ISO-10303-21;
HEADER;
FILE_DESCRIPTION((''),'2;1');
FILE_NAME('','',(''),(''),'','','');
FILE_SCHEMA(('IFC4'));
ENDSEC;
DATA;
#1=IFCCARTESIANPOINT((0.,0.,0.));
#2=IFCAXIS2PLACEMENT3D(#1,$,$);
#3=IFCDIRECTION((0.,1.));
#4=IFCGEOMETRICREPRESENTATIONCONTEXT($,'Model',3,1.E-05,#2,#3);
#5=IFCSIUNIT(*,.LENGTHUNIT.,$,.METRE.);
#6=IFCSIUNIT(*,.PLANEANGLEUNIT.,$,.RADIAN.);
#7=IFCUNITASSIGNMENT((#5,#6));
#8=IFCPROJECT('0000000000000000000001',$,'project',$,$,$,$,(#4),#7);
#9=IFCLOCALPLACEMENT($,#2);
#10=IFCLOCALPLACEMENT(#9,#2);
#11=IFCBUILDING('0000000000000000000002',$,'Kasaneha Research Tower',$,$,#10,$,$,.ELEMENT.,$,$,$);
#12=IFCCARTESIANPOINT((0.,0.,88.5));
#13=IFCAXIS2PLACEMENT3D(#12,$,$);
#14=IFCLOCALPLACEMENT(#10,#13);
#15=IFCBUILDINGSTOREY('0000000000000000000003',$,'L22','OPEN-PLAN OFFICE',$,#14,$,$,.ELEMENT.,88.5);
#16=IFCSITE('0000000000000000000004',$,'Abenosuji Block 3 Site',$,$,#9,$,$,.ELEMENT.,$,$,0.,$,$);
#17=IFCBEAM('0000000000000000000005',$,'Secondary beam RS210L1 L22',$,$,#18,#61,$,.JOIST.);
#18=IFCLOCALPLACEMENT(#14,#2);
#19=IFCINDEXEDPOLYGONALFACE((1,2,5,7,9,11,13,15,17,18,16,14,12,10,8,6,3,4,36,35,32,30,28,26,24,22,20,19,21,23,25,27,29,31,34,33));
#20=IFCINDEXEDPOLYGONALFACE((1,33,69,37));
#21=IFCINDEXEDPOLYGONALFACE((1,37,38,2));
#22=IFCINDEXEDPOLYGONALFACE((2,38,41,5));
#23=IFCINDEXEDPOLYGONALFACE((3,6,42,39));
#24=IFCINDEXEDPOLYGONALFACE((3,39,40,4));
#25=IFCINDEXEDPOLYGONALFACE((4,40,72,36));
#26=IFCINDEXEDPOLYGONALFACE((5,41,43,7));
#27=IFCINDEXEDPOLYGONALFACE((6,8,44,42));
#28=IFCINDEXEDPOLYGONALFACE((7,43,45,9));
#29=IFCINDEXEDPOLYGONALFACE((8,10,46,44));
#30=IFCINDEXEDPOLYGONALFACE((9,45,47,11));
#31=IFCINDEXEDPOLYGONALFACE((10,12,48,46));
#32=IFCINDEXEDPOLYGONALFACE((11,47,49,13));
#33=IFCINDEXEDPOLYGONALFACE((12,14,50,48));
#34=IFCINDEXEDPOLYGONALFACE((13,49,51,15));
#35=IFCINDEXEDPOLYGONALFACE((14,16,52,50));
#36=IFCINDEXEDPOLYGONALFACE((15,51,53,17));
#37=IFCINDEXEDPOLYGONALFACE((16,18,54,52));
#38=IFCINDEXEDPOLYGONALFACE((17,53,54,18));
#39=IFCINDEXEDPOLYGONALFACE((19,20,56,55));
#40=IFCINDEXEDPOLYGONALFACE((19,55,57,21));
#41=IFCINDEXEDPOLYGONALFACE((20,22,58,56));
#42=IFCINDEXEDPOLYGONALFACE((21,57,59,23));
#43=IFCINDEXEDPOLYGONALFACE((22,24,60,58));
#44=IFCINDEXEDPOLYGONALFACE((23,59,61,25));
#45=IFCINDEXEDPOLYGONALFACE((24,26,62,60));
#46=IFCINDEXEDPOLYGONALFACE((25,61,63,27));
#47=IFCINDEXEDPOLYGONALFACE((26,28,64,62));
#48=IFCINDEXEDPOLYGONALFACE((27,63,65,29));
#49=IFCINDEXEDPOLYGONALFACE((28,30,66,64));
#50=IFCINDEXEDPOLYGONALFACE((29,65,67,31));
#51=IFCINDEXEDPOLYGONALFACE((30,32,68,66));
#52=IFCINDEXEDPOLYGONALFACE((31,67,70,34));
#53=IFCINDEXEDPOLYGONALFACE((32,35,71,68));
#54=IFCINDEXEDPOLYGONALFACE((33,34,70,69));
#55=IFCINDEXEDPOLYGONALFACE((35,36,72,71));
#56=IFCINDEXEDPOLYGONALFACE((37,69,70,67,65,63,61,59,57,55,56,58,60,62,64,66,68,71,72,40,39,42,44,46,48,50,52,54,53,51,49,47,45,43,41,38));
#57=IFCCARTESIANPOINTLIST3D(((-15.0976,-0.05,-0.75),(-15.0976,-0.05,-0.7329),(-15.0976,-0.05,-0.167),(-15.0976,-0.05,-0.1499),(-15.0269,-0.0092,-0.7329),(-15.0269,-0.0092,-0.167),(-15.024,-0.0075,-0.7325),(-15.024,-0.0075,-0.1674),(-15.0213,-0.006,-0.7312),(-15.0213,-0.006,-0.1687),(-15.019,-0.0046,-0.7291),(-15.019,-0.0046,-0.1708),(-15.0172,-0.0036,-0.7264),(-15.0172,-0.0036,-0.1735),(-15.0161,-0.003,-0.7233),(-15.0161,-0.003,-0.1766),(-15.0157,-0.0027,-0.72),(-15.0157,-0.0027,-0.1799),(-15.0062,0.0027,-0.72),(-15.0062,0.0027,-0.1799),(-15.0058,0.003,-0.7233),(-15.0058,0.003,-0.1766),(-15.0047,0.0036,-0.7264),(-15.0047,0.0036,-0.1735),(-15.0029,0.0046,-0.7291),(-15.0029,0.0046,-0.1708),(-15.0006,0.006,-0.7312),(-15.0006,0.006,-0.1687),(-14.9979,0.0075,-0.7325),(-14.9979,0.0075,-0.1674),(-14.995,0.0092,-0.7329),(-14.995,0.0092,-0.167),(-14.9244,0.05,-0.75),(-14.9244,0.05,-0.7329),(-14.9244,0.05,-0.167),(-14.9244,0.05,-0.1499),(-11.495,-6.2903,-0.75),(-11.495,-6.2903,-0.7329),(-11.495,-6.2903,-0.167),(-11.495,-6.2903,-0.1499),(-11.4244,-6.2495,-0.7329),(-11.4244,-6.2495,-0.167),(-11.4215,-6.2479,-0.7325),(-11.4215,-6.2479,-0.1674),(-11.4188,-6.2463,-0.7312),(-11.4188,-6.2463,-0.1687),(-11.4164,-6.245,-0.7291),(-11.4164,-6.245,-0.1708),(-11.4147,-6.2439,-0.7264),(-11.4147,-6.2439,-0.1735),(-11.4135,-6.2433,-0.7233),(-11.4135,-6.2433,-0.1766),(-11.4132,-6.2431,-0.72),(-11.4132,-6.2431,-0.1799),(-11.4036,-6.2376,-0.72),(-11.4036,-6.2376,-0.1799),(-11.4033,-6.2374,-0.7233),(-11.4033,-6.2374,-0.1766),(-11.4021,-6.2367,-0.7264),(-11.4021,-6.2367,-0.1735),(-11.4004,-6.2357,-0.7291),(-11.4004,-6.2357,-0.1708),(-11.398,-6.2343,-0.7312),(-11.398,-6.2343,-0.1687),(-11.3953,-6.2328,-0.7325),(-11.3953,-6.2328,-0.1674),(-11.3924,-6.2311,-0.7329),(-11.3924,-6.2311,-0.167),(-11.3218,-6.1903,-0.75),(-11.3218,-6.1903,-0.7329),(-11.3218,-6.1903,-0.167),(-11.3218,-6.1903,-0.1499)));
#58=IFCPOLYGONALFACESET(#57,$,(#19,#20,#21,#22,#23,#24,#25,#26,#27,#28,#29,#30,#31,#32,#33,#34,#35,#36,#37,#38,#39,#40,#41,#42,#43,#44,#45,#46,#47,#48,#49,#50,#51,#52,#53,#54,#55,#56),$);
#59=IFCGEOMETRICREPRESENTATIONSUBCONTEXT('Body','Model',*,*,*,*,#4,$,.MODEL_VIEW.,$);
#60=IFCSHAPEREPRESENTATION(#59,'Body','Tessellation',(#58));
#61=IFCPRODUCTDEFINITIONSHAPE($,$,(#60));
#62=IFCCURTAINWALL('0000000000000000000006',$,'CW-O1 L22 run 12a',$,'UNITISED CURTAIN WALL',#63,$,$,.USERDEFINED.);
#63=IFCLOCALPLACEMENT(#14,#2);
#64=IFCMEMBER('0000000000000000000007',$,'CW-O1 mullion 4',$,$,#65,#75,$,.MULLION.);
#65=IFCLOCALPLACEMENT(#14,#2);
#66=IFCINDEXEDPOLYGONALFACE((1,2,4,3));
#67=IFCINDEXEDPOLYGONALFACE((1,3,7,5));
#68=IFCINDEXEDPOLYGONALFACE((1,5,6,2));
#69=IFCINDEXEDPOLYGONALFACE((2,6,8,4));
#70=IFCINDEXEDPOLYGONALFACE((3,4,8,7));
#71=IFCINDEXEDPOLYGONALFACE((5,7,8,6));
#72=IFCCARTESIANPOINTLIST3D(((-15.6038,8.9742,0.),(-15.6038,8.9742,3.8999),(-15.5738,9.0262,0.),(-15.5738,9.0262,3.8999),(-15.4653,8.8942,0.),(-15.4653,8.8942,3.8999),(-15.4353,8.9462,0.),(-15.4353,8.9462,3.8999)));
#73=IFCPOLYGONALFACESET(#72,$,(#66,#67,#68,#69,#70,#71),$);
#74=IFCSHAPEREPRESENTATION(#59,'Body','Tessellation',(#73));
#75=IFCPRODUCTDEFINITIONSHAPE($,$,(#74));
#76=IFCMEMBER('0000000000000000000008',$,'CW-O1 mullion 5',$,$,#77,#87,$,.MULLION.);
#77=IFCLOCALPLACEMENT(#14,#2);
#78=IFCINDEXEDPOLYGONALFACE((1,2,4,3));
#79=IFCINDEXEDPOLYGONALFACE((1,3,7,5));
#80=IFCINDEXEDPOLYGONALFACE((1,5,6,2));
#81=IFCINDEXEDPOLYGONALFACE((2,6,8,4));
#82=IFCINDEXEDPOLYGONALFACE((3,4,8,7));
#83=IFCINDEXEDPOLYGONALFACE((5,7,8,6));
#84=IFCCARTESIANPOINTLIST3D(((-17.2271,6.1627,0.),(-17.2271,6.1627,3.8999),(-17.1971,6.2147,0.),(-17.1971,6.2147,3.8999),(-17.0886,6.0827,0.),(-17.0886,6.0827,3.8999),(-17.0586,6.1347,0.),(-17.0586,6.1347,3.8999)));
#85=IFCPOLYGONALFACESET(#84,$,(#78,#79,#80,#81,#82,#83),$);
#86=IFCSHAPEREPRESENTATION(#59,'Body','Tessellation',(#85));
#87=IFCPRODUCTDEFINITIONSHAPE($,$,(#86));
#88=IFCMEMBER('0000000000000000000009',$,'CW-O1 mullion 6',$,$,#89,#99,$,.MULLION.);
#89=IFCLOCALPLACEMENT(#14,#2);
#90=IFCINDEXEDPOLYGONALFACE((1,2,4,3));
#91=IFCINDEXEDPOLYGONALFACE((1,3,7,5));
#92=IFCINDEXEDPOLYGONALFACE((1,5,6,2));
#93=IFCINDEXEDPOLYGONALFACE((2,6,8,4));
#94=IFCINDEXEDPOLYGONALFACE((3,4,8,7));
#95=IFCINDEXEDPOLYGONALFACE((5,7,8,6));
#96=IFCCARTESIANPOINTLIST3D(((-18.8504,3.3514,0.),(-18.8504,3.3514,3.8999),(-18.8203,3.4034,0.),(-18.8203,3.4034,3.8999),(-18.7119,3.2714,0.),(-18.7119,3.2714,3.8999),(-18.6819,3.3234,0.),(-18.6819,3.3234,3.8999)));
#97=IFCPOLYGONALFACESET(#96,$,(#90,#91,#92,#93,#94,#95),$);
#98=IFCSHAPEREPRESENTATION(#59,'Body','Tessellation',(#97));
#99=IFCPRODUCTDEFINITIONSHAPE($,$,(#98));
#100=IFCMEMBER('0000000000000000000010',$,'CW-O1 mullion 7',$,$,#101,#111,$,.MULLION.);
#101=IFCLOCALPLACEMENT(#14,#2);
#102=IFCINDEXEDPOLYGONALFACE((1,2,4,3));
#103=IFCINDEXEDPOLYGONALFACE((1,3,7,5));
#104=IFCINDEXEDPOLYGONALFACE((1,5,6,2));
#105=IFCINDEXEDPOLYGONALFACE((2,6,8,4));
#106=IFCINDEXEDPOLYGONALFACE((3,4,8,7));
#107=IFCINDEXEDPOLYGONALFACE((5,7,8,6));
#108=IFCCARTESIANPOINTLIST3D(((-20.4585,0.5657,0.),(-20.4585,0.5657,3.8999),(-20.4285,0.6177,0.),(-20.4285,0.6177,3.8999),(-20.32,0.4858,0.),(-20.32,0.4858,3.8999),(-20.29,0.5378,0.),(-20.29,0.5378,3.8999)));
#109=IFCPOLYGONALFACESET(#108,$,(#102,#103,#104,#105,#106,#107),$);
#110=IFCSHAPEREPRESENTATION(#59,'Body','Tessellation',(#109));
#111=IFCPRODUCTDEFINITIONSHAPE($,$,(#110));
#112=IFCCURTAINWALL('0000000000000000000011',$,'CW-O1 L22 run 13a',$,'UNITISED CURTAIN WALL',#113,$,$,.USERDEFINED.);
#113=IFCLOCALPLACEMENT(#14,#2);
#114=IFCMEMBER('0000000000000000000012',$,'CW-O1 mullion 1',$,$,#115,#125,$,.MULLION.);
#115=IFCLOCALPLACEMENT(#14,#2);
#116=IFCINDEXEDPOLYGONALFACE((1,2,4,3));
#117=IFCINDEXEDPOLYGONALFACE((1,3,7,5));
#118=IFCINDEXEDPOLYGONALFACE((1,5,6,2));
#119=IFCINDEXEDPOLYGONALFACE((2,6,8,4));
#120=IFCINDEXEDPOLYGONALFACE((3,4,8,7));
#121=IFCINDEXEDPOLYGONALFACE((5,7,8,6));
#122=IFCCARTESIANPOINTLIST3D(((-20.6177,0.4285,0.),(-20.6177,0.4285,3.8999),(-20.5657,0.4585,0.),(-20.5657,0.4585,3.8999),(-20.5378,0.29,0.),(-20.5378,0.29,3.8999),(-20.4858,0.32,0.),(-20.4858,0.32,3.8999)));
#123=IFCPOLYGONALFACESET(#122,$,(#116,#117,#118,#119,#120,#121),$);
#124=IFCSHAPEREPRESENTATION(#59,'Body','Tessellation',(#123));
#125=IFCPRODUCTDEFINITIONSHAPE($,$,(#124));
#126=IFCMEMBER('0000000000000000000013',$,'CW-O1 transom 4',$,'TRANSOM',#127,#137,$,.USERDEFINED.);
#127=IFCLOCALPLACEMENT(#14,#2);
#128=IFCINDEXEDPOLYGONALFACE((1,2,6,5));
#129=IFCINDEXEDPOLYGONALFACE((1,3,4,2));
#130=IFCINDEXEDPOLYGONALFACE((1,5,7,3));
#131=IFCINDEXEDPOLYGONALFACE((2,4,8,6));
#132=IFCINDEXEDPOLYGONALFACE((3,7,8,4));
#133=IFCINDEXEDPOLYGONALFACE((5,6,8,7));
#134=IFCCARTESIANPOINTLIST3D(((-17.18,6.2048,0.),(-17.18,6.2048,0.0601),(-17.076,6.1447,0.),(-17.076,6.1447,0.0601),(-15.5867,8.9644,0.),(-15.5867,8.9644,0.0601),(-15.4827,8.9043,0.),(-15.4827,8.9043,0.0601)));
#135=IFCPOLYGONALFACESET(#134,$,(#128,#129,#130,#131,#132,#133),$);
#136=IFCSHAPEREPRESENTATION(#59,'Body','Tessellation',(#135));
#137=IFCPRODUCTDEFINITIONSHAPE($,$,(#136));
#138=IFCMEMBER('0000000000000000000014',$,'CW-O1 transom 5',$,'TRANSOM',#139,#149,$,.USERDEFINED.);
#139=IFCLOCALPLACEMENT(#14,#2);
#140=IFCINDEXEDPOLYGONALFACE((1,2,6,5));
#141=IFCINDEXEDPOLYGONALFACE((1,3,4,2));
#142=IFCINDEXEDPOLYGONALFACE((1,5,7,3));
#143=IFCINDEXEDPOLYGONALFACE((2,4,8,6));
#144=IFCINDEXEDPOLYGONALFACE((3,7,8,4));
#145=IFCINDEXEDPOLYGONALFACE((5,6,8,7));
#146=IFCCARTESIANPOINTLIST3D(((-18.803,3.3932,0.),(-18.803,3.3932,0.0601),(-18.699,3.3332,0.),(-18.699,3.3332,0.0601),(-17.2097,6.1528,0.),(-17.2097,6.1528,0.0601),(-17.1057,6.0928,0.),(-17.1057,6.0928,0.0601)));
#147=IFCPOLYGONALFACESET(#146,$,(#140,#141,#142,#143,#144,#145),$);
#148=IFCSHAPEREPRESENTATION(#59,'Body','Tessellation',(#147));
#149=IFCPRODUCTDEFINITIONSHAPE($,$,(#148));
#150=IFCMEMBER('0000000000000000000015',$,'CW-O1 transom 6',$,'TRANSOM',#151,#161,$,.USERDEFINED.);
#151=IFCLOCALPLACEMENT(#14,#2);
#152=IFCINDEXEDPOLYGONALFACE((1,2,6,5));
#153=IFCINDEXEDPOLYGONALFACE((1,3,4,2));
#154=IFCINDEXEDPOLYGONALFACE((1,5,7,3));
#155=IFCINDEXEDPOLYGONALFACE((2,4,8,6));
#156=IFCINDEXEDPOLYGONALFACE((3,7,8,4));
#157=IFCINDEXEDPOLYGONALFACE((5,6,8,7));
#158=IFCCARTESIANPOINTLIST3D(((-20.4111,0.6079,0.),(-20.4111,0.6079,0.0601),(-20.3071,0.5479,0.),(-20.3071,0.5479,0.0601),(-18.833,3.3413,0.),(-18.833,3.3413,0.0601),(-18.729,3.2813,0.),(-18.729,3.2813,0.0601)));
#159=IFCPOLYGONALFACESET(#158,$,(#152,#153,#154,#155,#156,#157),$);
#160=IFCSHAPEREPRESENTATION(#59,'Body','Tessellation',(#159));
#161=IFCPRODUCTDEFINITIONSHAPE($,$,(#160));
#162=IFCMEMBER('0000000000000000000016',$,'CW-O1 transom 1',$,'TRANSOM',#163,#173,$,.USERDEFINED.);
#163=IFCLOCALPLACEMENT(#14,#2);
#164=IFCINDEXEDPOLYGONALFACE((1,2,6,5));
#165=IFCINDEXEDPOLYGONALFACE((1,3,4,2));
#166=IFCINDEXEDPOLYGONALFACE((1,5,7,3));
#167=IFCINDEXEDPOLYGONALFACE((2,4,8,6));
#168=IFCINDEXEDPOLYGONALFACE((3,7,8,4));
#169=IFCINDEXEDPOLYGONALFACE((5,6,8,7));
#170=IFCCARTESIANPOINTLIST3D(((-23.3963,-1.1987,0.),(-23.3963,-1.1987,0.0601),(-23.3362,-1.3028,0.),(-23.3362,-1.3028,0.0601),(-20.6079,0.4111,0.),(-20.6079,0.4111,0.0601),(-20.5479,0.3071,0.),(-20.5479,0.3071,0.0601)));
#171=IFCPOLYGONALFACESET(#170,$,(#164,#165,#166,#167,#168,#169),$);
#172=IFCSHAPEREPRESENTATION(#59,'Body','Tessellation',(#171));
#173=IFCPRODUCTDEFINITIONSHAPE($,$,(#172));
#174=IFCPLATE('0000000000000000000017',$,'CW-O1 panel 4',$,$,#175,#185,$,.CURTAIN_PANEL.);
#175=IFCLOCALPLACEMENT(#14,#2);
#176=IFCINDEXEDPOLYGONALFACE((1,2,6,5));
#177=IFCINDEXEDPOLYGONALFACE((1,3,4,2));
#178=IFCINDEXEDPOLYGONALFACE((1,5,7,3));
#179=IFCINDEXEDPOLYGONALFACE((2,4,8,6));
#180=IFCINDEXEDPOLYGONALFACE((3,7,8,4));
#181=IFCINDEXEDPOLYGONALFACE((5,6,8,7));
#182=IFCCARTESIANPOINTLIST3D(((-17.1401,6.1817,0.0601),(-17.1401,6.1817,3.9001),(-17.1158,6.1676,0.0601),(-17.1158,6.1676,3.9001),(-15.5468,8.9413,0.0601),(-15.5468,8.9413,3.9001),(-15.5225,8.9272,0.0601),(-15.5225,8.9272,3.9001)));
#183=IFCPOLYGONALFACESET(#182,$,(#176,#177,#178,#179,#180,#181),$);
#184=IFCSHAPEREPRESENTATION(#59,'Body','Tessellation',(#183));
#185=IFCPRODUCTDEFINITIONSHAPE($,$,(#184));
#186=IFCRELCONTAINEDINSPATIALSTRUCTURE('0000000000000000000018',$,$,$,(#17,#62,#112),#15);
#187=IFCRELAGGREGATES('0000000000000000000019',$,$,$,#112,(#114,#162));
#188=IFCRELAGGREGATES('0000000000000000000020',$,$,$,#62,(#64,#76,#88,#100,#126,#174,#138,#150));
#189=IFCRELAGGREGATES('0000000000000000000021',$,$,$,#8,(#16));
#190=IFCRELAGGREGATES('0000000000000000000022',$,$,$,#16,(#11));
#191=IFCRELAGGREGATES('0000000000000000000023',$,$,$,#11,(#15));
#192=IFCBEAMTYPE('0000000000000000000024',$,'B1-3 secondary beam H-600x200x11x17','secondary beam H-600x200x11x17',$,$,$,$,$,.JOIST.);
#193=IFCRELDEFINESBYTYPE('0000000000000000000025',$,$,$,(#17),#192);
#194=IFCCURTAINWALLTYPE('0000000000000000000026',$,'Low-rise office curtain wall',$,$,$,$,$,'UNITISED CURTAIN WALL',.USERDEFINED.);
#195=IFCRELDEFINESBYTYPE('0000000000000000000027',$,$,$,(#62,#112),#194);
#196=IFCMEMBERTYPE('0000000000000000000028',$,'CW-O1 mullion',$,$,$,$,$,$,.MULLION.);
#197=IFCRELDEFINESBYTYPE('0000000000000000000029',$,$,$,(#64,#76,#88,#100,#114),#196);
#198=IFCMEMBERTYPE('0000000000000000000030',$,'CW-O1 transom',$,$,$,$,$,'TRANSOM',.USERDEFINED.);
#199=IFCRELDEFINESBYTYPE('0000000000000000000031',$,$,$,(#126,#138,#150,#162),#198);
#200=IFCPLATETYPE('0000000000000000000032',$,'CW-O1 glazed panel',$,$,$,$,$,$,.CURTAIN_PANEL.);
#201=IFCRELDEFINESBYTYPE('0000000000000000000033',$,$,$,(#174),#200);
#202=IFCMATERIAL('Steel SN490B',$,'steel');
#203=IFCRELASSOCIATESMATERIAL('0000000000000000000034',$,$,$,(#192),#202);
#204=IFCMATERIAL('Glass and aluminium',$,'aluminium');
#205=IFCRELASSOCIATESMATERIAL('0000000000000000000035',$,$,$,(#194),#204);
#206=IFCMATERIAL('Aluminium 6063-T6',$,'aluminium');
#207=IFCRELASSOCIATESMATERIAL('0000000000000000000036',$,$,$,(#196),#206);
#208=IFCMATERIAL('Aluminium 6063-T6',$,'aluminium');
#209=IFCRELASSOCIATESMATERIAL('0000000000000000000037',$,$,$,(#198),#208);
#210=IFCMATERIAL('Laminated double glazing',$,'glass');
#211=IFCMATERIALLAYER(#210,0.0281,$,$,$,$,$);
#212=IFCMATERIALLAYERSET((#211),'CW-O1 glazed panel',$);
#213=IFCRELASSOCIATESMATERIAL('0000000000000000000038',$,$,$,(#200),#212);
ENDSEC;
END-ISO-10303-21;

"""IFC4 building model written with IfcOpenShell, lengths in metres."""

from ifc_helpers import new_model, si_unit, direction, frame, origin, origin_2d, place, context, subcontext, project, spatial, rectangle, i_section, extrude, material, layer, layer_set, material_profile, profile_set, type_object, element, aggregate, save


model = new_model("IFC4")

# Units and contexts
model_context = context("Model", 3, precision=1e-05, world=origin(), true_north=direction((0.0, 1.0)))
body_context = subcontext(model_context, "Body", "Model", "MODEL_VIEW")
ifc_project = project(units=[si_unit("LENGTHUNIT", "METRE"), si_unit("PLANEANGLEUNIT", "RADIAN")], contexts=[model_context])

# Site, building, storey
site_placement = place(None, origin())
site = spatial("IfcSite", under=ifc_project, at=site_placement, Name="Abenosuji Block 3 Site", CompositionType="ELEMENT", RefElevation=0.0)
building_placement = place(site_placement, origin())
building = spatial("IfcBuilding", under=site, at=building_placement, Name="Kasaneha Research Tower", CompositionType="ELEMENT")
storey_placement = place(building_placement, frame((0.0, 0.0, 88.5)))
storey = spatial("IfcBuildingStorey", under=building, at=storey_placement, Name="L22", Description="OPEN-PLAN OFFICE", CompositionType="ELEMENT", Elevation=88.5)

# Beam
ifc_material_1 = material(Name="Steel SN490B", Category="steel")
ifc_material_profile_1 = material_profile(ifc_material_1, i_section(OverallWidth=0.2, OverallDepth=0.6001, WebThickness=0.011, FlangeThickness=0.0171, FilletRadius=0.0129, at=origin_2d()), Name="H-600x200x11x17")
ifc_profile_set_1 = profile_set([ifc_material_profile_1], Name="Steel SN490B")
beam_type = type_object("IfcBeamType", Name="B1-3 secondary beam H-600x200x11x17", Description="secondary beam H-600x200x11x17", PredefinedType="JOIST", material=ifc_profile_set_1)
beam_placement = place(storey_placement, frame((-15.011, 0.0, -0.45), z_axis=(0.499973, -0.866041, 0.0), x_axis=(0.866041, 0.499973, 0.0)))
element("IfcBeam", 1, at=beam_placement, inside=storey, type_object=beam_type, Name="Secondary beam RS210L1 L22", PredefinedType="JOIST", context=body_context, shape_type="SweptSolid", body=[
    extrude(i_section(OverallWidth=0.2, OverallDepth=0.6001, WebThickness=0.011, FlangeThickness=0.0171, FilletRadius=0.0129, at=origin_2d()), origin(), (0.0, 0.0, 1.0), 7.2056),
])

# Curtain wall, members
ifc_material_2 = material(Name="Glass and aluminium", Category="aluminium")
curtain_wall_type = type_object("IfcCurtainWallType", Name="Low-rise office curtain wall", ElementType="UNITISED CURTAIN WALL", PredefinedType="USERDEFINED", material=ifc_material_2)
curtain_wall_1_placement = place(storey_placement, origin())
curtain_wall_1 = element("IfcCurtainWall", 2, at=curtain_wall_1_placement, inside=storey, type_object=curtain_wall_type, Name="CW-O1 L22 run 12a", ObjectType="UNITISED CURTAIN WALL", PredefinedType="USERDEFINED")
ifc_material_3 = material(Name="Aluminium 6063-T6", Category="aluminium")
ifc_material_profile_2 = material_profile(ifc_material_3, rectangle(XDim=0.0601, YDim=0.1599, at=origin_2d()), Name="CW-O1 mullion 60x160")
ifc_profile_set_2 = profile_set([ifc_material_profile_2], Name="Aluminium 6063-T6")
member_type_1 = type_object("IfcMemberType", Name="CW-O1 mullion", PredefinedType="MULLION", material=ifc_profile_set_2)
member_1_placement = place(storey_placement, frame((-15.5195, 8.9602, 0.0), z_axis=(0.0, 0.0, 1.0), x_axis=(-0.5, -0.866025, 0.0)))
member_1 = element("IfcMember", 3, at=member_1_placement, type_object=member_type_1, Name="CW-O1 mullion 4", PredefinedType="MULLION", context=body_context, shape_type="SweptSolid", body=[
    extrude(rectangle(XDim=0.0601, YDim=0.1599, at=origin_2d()), origin(), (0.0, 0.0, 1.0), 3.8999),
])
member_2_placement = place(storey_placement, frame((-17.1428, 6.1487, 0.0), z_axis=(0.0, 0.0, 1.0), x_axis=(-0.5, -0.866025, 0.0)))
member_2 = element("IfcMember", 4, at=member_2_placement, type_object=member_type_1, Name="CW-O1 mullion 5", PredefinedType="MULLION", context=body_context, shape_type="SweptSolid", body=[
    extrude(rectangle(XDim=0.0601, YDim=0.1599, at=origin_2d()), origin(), (0.0, 0.0, 1.0), 3.8999),
])
member_3_placement = place(storey_placement, frame((-18.7661, 3.3374, 0.0), z_axis=(0.0, 0.0, 1.0), x_axis=(-0.5, -0.866025, 0.0)))
member_3 = element("IfcMember", 5, at=member_3_placement, type_object=member_type_1, Name="CW-O1 mullion 6", PredefinedType="MULLION", context=body_context, shape_type="SweptSolid", body=[
    extrude(rectangle(XDim=0.0601, YDim=0.1599, at=origin_2d()), origin(), (0.0, 0.0, 1.0), 3.8999),
])
member_4_placement = place(storey_placement, frame((-20.3743, 0.5518, 0.0), z_axis=(0.0, 0.0, 1.0), x_axis=(-0.5, -0.866025, 0.0)))
member_4 = element("IfcMember", 6, at=member_4_placement, type_object=member_type_1, Name="CW-O1 mullion 7", PredefinedType="MULLION", context=body_context, shape_type="SweptSolid", body=[
    extrude(rectangle(XDim=0.0601, YDim=0.1599, at=origin_2d()), origin(), (0.0, 0.0, 1.0), 3.8999),
])

# Curtain wall, member
curtain_wall_2_placement = place(storey_placement, origin())
curtain_wall_2 = element("IfcCurtainWall", 7, at=curtain_wall_2_placement, inside=storey, type_object=curtain_wall_type, Name="CW-O1 L22 run 13a", ObjectType="UNITISED CURTAIN WALL", PredefinedType="USERDEFINED")
member_5_placement = place(storey_placement, frame((-20.5518, 0.3743, 0.0), z_axis=(0.0, 0.0, 1.0), x_axis=(-0.866025, -0.5, 0.0)))
member_5 = element("IfcMember", 8, at=member_5_placement, type_object=member_type_1, Name="CW-O1 mullion 1", PredefinedType="MULLION", context=body_context, shape_type="SweptSolid", body=[
    extrude(rectangle(XDim=0.0601, YDim=0.1599, at=origin_2d()), origin(), (0.0, 0.0, 1.0), 3.8999),
])

# Members
ifc_material_4 = material(Name="Aluminium 6063-T6", Category="aluminium")
ifc_material_profile_3 = material_profile(ifc_material_4, rectangle(XDim=0.1201, YDim=0.0601, at=origin_2d()), Name="CW-O1 transom 120x60")
ifc_profile_set_3 = profile_set([ifc_material_profile_3], Name="Aluminium 6063-T6")
member_type_2 = type_object("IfcMemberType", Name="CW-O1 transom", ElementType="TRANSOM", PredefinedType="USERDEFINED", material=ifc_profile_set_3)
member_6_placement = place(storey_placement, frame((-15.5347, 8.9343, 0.03), z_axis=(-0.500012, -0.866018, 0.0), x_axis=(0.866018, -0.500012, 0.0)))
member_6 = element("IfcMember", 9, at=member_6_placement, type_object=member_type_2, Name="CW-O1 transom 4", ObjectType="TRANSOM", PredefinedType="USERDEFINED", context=body_context, shape_type="SweptSolid", body=[
    extrude(rectangle(XDim=0.1201, YDim=0.0601, at=origin_2d()), origin(), (0.0, 0.0, 1.0), 3.1865),
])
member_7_placement = place(storey_placement, frame((-17.1577, 6.1228, 0.03), z_axis=(-0.500012, -0.866018, 0.0), x_axis=(0.866018, -0.500012, 0.0)))
member_7 = element("IfcMember", 10, at=member_7_placement, type_object=member_type_2, Name="CW-O1 transom 5", ObjectType="TRANSOM", PredefinedType="USERDEFINED", context=body_context, shape_type="SweptSolid", body=[
    extrude(rectangle(XDim=0.1201, YDim=0.0601, at=origin_2d()), origin(), (0.0, 0.0, 1.0), 3.1865),
])
member_8_placement = place(storey_placement, frame((-18.781, 3.3113, 0.03), z_axis=(-0.499999, -0.866026, 0.0), x_axis=(0.866026, -0.499999, 0.0)))
member_8 = element("IfcMember", 11, at=member_8_placement, type_object=member_type_2, Name="CW-O1 transom 6", ObjectType="TRANSOM", PredefinedType="USERDEFINED", context=body_context, shape_type="SweptSolid", body=[
    extrude(rectangle(XDim=0.1201, YDim=0.0601, at=origin_2d()), origin(), (0.0, 0.0, 1.0), 3.1562),
])
member_9_placement = place(storey_placement, frame((-20.5779, 0.3591, 0.03), z_axis=(-0.866023, -0.500005, 0.0), x_axis=(0.500005, -0.866023, 0.0)))
member_9 = element("IfcMember", 12, at=member_9_placement, type_object=member_type_2, Name="CW-O1 transom 1", ObjectType="TRANSOM", PredefinedType="USERDEFINED", context=body_context, shape_type="SweptSolid", body=[
    extrude(rectangle(XDim=0.1201, YDim=0.0601, at=origin_2d()), origin(), (0.0, 0.0, 1.0), 3.2197),
])
aggregate(curtain_wall_2, [member_5, member_9])

# Plate
ifc_material_5 = material(Name="Laminated double glazing", Category="glass")
ifc_layer_1 = layer(ifc_material_5, 0.0281)
ifc_layer_set_1 = layer_set([ifc_layer_1], Name="CW-O1 glazed panel")
plate_type = type_object("IfcPlateType", Name="CW-O1 glazed panel", PredefinedType="CURTAIN_PANEL", material=ifc_layer_set_1)
plate_1_placement = place(storey_placement, frame((-16.3313, 7.5544, 0.0601), z_axis=(0.0, 0.0, 1.0), x_axis=(-0.5, -0.866025, 0.0)))
plate_1 = element("IfcPlate", 13, at=plate_1_placement, type_object=plate_type, Name="CW-O1 panel 4", PredefinedType="CURTAIN_PANEL", context=body_context, shape_type="SweptSolid", body=[
    extrude(rectangle(XDim=3.1865, YDim=0.0281, at=origin_2d()), origin(), (0.0, 0.0, 1.0), 3.8401),
])
aggregate(curtain_wall_1, [member_1, member_2, member_3, member_4, member_6, plate_1, member_7, member_8])

save(model, "model.ifc")
